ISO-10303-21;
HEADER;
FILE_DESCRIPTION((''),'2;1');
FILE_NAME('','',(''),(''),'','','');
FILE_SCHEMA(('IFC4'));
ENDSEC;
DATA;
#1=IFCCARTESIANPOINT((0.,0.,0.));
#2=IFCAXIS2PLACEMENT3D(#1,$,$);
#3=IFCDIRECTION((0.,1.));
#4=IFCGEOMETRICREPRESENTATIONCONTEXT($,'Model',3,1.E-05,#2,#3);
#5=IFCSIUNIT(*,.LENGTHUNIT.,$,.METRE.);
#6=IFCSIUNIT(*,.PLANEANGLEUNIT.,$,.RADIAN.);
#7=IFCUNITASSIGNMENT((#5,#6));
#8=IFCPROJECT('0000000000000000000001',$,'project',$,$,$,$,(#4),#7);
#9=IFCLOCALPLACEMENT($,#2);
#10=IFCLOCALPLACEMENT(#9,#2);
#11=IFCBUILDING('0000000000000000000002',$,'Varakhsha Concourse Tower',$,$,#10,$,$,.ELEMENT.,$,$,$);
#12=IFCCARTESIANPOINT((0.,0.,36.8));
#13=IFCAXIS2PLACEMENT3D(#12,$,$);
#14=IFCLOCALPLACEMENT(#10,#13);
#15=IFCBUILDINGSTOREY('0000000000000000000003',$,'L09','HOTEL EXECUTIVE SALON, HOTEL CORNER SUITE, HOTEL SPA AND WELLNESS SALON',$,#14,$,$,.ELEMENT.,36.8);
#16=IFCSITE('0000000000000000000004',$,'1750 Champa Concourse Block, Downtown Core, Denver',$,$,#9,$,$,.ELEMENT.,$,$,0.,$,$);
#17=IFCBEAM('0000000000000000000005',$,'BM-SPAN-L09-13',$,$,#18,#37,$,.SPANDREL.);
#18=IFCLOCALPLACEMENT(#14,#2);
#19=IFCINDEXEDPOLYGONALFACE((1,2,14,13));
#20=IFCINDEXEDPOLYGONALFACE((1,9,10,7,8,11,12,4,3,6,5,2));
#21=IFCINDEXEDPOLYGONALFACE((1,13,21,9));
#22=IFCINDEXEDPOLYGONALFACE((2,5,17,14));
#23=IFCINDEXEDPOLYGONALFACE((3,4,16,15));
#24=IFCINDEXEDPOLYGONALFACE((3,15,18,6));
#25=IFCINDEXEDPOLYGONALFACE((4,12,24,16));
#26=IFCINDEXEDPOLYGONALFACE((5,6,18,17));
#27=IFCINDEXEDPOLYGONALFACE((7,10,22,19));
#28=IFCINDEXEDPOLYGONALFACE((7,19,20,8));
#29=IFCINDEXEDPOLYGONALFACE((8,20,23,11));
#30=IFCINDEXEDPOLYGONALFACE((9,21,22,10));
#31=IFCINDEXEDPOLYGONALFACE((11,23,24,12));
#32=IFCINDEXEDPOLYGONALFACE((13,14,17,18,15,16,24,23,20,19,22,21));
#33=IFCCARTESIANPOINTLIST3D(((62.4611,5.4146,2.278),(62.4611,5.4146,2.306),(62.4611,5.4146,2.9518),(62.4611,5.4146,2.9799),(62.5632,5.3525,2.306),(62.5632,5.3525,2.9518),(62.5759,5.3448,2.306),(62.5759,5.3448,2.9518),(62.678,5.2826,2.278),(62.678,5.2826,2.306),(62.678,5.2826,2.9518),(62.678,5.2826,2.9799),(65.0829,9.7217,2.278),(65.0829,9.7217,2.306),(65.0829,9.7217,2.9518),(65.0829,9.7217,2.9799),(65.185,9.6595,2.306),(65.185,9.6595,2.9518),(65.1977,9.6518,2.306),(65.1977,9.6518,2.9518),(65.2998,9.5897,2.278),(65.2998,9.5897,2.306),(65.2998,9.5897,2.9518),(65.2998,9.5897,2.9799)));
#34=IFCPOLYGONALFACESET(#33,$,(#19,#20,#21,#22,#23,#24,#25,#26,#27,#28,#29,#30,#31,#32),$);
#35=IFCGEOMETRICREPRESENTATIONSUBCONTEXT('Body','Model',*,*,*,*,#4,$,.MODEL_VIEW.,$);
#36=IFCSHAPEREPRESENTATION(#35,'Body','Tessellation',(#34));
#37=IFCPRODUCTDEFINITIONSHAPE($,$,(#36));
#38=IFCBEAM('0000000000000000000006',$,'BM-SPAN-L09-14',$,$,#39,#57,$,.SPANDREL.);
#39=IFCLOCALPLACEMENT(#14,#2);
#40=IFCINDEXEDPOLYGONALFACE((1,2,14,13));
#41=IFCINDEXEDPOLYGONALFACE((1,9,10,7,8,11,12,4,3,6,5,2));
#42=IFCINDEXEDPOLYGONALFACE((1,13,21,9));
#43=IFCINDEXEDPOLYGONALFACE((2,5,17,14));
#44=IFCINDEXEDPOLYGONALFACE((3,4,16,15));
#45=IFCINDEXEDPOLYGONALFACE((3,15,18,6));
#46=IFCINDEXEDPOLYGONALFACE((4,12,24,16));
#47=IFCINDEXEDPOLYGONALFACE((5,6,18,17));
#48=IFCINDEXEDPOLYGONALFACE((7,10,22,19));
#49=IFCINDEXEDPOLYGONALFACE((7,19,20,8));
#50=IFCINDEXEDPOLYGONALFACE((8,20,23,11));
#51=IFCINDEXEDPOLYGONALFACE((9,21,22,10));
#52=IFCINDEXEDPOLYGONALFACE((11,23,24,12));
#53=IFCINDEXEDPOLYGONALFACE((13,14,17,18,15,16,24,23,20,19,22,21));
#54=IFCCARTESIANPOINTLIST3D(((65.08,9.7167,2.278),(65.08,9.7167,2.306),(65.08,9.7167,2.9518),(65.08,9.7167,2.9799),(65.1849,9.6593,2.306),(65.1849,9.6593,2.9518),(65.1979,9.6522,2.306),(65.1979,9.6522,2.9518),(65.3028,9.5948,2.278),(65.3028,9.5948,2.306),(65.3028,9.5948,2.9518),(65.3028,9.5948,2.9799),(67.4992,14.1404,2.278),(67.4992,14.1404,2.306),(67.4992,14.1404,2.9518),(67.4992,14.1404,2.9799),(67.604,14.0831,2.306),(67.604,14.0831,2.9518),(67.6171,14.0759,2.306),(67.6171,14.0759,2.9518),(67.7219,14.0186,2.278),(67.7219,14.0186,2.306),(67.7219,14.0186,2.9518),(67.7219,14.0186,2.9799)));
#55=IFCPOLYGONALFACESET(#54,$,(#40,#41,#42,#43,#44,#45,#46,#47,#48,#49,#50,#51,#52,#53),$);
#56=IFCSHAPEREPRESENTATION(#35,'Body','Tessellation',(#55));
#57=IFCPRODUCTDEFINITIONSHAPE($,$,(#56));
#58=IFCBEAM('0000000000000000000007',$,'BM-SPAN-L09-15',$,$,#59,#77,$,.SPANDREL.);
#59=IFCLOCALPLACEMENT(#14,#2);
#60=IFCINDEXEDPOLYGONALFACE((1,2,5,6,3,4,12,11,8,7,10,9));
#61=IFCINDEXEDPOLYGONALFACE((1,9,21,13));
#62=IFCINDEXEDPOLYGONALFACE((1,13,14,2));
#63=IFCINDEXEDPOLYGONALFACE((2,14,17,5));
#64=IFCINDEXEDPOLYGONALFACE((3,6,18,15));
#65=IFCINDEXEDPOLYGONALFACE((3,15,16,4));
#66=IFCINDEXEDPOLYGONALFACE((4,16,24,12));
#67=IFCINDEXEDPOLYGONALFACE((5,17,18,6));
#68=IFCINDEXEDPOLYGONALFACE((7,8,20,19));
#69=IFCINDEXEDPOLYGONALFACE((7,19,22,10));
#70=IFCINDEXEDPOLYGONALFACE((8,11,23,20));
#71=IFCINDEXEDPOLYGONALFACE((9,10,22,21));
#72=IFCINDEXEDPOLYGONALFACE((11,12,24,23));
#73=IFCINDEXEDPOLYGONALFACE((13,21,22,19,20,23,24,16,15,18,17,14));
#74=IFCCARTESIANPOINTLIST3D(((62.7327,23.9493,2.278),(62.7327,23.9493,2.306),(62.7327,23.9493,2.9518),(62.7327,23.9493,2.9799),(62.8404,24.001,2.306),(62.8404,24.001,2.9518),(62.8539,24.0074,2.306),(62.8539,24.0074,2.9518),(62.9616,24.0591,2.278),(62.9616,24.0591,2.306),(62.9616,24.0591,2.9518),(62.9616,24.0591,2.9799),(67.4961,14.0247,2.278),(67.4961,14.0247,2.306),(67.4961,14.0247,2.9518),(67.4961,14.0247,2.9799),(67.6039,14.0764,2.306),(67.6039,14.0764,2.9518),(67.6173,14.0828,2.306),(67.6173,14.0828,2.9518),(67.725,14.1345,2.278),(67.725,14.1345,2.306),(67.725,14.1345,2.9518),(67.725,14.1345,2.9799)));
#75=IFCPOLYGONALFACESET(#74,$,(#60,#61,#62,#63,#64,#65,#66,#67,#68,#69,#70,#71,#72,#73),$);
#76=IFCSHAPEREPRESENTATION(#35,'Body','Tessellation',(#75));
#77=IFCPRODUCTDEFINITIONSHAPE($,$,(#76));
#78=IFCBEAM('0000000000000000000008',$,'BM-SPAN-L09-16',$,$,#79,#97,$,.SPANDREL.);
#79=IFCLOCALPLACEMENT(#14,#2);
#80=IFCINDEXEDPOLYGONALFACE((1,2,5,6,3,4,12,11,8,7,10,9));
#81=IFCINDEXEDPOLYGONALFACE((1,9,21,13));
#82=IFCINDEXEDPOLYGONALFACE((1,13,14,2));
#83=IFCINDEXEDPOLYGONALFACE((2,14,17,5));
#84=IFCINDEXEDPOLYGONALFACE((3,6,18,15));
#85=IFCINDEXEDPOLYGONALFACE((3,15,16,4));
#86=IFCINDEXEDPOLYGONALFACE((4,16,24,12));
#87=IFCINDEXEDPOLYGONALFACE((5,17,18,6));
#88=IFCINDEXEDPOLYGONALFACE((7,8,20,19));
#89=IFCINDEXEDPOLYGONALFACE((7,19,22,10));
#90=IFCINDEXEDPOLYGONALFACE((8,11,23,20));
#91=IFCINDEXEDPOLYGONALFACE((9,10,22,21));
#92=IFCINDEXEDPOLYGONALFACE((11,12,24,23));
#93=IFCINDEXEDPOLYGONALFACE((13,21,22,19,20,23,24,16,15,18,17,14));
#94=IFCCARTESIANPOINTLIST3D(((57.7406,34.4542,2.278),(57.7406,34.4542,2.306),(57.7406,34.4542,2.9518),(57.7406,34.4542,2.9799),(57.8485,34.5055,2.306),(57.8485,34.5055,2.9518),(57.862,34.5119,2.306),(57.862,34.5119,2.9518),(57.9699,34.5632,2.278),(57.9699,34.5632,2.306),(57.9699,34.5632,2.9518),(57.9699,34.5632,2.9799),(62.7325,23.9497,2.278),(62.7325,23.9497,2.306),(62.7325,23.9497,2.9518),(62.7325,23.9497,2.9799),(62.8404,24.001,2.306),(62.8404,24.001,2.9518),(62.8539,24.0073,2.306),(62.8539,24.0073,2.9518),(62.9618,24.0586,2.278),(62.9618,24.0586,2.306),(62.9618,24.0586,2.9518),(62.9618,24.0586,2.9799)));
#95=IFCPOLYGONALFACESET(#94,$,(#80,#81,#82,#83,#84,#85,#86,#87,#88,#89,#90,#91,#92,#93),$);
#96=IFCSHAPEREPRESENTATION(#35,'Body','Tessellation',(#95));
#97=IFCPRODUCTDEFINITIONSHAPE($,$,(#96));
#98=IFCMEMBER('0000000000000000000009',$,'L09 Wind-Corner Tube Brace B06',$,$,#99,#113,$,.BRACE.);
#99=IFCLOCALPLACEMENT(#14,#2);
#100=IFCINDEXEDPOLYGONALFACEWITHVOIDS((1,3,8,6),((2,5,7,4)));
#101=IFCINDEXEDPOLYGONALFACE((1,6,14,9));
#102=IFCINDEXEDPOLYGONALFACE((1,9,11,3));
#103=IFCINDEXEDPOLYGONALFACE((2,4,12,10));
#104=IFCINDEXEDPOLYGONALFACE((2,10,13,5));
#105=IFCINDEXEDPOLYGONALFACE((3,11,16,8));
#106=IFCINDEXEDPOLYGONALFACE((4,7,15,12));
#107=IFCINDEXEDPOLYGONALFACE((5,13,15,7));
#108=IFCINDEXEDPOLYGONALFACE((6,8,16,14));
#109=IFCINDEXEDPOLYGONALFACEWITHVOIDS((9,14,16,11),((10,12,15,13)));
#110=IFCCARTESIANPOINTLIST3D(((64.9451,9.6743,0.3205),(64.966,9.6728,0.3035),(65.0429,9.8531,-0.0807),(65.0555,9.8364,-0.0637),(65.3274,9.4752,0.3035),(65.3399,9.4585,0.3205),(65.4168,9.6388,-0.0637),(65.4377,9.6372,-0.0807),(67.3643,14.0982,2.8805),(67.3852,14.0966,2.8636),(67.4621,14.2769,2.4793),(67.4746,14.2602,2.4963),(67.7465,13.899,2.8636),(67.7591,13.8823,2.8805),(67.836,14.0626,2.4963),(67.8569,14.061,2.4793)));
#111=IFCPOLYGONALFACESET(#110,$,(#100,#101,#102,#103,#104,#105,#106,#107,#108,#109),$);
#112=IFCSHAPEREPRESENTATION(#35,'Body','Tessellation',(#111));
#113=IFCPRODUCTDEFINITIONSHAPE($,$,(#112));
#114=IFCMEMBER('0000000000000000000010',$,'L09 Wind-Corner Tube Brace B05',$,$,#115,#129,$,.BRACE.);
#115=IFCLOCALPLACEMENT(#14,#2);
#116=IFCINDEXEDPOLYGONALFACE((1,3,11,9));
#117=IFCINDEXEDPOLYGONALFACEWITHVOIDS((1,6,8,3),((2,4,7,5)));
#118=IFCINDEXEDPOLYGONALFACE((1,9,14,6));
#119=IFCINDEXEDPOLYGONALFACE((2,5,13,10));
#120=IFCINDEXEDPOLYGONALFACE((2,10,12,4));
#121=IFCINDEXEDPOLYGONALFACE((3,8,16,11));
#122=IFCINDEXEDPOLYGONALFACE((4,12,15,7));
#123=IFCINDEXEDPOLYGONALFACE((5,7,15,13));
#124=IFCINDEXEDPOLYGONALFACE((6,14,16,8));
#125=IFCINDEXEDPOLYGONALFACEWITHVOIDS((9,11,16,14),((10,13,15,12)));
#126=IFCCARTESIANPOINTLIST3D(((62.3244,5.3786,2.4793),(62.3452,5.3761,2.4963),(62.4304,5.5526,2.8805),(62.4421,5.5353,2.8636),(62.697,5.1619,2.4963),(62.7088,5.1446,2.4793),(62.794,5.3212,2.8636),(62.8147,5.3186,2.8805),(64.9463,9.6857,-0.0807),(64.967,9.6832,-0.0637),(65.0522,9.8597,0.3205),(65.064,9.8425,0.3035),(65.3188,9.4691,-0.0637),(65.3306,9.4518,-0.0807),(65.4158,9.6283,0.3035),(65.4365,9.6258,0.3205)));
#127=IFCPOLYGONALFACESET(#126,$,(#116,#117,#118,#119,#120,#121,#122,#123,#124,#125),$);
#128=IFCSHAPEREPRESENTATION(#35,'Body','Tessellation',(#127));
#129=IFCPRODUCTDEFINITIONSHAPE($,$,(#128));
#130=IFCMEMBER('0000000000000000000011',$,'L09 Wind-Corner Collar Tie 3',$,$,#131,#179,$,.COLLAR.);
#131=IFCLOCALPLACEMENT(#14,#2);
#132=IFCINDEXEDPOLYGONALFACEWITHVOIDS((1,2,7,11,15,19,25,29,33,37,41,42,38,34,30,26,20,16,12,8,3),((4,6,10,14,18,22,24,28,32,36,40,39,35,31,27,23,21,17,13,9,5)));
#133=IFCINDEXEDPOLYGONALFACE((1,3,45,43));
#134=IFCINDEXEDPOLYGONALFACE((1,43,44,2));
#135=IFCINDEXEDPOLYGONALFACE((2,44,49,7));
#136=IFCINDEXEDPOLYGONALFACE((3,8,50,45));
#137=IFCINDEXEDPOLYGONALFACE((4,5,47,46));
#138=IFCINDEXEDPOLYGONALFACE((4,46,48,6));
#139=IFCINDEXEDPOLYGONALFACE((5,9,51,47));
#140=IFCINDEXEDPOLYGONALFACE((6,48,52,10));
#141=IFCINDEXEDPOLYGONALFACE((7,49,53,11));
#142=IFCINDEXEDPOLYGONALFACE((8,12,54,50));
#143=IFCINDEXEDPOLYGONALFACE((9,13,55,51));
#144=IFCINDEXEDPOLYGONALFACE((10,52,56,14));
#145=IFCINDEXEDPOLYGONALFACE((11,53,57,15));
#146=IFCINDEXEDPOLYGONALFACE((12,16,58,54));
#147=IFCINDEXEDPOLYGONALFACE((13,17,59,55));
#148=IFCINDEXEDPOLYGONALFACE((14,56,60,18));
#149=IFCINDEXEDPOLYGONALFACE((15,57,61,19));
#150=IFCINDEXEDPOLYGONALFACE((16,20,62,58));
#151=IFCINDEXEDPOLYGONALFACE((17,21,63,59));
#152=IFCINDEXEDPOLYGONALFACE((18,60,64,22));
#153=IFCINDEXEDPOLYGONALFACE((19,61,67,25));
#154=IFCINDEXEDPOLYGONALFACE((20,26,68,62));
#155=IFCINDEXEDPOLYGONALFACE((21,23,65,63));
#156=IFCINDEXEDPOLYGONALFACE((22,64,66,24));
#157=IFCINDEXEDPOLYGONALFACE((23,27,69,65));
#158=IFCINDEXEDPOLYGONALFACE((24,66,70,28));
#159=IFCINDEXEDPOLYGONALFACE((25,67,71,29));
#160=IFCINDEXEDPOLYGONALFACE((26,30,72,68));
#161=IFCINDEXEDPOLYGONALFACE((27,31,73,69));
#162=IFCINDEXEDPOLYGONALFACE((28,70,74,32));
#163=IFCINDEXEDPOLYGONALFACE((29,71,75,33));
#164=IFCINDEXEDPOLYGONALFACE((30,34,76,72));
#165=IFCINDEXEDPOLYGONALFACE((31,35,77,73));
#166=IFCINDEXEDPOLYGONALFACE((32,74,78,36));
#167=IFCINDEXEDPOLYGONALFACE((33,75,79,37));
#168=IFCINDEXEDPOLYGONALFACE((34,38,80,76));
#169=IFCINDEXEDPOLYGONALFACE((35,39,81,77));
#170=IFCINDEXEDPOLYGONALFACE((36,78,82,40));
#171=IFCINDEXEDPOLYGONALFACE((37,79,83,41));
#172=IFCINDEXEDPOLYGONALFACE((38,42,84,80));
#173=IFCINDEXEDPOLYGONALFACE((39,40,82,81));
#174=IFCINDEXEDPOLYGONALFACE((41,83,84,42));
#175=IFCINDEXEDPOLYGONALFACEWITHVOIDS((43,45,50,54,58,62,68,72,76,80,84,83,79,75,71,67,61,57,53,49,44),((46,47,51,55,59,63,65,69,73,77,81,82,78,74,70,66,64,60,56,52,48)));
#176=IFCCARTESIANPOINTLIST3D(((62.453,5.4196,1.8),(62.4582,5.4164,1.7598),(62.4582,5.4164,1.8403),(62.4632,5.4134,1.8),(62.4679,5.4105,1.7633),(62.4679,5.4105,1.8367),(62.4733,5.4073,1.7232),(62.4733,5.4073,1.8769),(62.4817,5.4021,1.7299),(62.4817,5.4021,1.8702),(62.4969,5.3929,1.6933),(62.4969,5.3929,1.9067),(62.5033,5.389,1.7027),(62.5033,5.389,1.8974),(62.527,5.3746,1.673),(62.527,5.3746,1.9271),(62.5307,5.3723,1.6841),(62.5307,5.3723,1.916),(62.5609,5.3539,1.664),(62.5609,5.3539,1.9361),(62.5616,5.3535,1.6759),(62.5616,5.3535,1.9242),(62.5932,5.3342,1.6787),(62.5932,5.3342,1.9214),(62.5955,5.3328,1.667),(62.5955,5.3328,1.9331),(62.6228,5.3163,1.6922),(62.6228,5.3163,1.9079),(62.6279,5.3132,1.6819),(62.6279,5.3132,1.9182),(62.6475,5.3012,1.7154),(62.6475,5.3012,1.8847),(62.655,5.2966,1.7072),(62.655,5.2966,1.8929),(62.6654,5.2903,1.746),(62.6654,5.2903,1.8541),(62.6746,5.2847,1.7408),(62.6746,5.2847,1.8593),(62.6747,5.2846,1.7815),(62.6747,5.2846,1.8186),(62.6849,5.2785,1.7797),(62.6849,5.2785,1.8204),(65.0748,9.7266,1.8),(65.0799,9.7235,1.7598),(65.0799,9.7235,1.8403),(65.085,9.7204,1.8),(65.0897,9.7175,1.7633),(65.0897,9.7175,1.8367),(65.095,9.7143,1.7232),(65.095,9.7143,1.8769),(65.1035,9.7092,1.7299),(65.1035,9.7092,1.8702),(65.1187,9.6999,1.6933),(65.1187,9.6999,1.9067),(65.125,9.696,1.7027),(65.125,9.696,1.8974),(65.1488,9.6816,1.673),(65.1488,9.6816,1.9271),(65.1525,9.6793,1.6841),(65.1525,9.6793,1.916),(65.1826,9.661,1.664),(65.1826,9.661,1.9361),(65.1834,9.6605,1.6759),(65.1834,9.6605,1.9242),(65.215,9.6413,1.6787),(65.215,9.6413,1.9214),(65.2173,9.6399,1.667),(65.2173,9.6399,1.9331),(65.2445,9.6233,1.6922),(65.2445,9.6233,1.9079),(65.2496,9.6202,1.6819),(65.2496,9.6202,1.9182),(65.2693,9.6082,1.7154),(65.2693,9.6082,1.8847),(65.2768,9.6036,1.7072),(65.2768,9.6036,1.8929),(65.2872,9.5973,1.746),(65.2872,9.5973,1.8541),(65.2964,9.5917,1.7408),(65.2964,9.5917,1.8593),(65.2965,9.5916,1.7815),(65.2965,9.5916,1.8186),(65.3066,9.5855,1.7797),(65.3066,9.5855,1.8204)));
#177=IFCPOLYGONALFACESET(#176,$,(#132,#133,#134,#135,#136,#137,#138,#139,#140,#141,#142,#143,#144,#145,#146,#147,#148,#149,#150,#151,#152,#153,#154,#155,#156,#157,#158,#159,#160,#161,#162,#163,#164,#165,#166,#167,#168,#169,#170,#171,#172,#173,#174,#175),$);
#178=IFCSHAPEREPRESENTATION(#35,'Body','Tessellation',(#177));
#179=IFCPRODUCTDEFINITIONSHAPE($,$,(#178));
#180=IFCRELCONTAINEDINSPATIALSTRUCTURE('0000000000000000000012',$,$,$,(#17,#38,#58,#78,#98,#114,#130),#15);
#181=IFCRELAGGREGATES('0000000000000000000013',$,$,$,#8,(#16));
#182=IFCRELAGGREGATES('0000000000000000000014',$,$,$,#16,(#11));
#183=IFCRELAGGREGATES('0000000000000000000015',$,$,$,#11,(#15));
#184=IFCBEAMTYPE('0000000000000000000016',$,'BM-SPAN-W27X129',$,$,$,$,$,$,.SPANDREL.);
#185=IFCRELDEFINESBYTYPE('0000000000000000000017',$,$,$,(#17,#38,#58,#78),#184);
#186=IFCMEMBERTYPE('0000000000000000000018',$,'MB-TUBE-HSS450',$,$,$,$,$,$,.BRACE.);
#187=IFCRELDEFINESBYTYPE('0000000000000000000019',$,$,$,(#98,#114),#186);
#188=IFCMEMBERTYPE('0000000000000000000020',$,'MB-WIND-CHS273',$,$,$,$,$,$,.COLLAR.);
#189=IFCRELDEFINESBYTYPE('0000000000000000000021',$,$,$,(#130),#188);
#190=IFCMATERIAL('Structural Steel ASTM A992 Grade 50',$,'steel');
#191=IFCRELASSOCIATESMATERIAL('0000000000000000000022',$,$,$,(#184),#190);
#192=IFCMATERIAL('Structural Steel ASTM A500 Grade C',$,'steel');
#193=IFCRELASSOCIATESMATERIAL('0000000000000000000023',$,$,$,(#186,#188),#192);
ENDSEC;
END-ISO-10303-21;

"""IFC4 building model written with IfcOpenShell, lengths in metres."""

from ifc_helpers import new_model, si_unit, direction, frame, origin, origin_2d, place, context, subcontext, project, spatial, hollow_rectangle, hollow_circle, i_section, extrude, source, transform, mapped, material, material_profile, profile_set, type_object, type_shapes, element, save


model = new_model("IFC4")

# Units and contexts
model_context = context("Model", 3, precision=1e-05, world=origin(), true_north=direction((0.0, 1.0)))
body_context = subcontext(model_context, "Body", "Model", "MODEL_VIEW")
ifc_project = project(units=[si_unit("LENGTHUNIT", "METRE"), si_unit("PLANEANGLEUNIT", "RADIAN")], contexts=[model_context])

# Site, building, storey
site_placement = place(None, origin())
site = spatial("IfcSite", under=ifc_project, at=site_placement, Name="1750 Champa Concourse Block, Downtown Core, Denver", CompositionType="ELEMENT", RefElevation=0.0)
building_placement = place(site_placement, origin())
building = spatial("IfcBuilding", under=site, at=building_placement, Name="Varakhsha Concourse Tower", CompositionType="ELEMENT")
storey_placement = place(building_placement, frame((0.0, 0.0, 36.8)))
storey = spatial("IfcBuildingStorey", under=building, at=storey_placement, Name="L09", Description="HOTEL EXECUTIVE SALON, HOTEL CORNER SUITE, HOTEL SPA AND WELLNESS SALON", CompositionType="ELEMENT", Elevation=36.8)

# Beams
ifc_material_1 = material(Name="Structural Steel ASTM A992 Grade 50", Category="steel")
ifc_material_profile_1 = material_profile(ifc_material_1, i_section(OverallWidth=0.2539, OverallDepth=0.7019, WebThickness=0.0149, FlangeThickness=0.0281, at=origin_2d()), Name="W27X129")
ifc_profile_set_1 = profile_set([ifc_material_profile_1], Name="Structural Steel ASTM A992 Grade 50")
beam_type_1 = type_object("IfcBeamType", Name="BM-SPAN-W27X129", PredefinedType="SPANDREL", material=ifc_profile_set_1)
beam_1_placement = place(storey_placement, frame((62.5696, 5.3486, 2.6289), z_axis=(0.519961, 0.85419, 0.0), x_axis=(-0.85419, 0.519961, 0.0)))
element("IfcBeam", 1, at=beam_1_placement, inside=storey, type_object=beam_type_1, Name="BM-SPAN-L09-13", PredefinedType="SPANDREL", context=body_context, shape_type="SweptSolid", body=[
    extrude(i_section(OverallWidth=0.2539, OverallDepth=0.7019, WebThickness=0.0149, FlangeThickness=0.0281, at=origin_2d()), origin(), (0.0, 0.0, 1.0), 5.0422),
])
beam_2_placement = place(storey_placement, frame((65.1914, 9.6558, 2.6289), z_axis=(0.479798, 0.877379, 0.0), x_axis=(-0.877379, 0.479798, 0.0)))
element("IfcBeam", 2, at=beam_2_placement, inside=storey, type_object=beam_type_1, Name="BM-SPAN-L09-14", PredefinedType="SPANDREL", context=body_context, shape_type="SweptSolid", body=[
    extrude(i_section(OverallWidth=0.2539, OverallDepth=0.7019, WebThickness=0.0149, FlangeThickness=0.0281, at=origin_2d()), origin(), (0.0, 0.0, 1.0), 5.042),
])
beam_3_placement = place(storey_placement, frame((67.6106, 14.0796, 2.6289), z_axis=(-0.432704, 0.901536, 0.0), x_axis=(-0.901536, -0.432704, 0.0)))
element("IfcBeam", 3, at=beam_3_placement, inside=storey, type_object=beam_type_1, Name="BM-SPAN-L09-15", PredefinedType="SPANDREL", context=body_context, shape_type="SweptSolid", body=[
    extrude(i_section(OverallWidth=0.2539, OverallDepth=0.7019, WebThickness=0.0149, FlangeThickness=0.0281, at=origin_2d()), origin(), (0.0, 0.0, 1.0), 11.0085),
])
beam_4_placement = place(storey_placement, frame((62.8472, 24.0042, 2.6289), z_axis=(-0.429214, 0.903203, 0.0), x_axis=(-0.903203, -0.429214, 0.0)))
element("IfcBeam", 4, at=beam_4_placement, inside=storey, type_object=beam_type_1, Name="BM-SPAN-L09-16", PredefinedType="SPANDREL", context=body_context, shape_type="SweptSolid", body=[
    extrude(i_section(OverallWidth=0.2539, OverallDepth=0.7019, WebThickness=0.0149, FlangeThickness=0.0281, at=origin_2d()), origin(), (0.0, 0.0, 1.0), 11.6304),
])

# Members
ifc_material_2 = material(Name="Structural Steel ASTM A500 Grade C", Category="steel")
ifc_material_profile_2 = material_profile(ifc_material_2, hollow_rectangle(XDim=0.45, YDim=0.45, WallThickness=0.019, at=origin_2d()), Name="HSS 450x450x19")
ifc_profile_set_2 = profile_set([ifc_material_profile_2], Name="Structural Steel ASTM A500 Grade C")
member_type_1 = type_object("IfcMemberType", Name="MB-TUBE-HSS450", PredefinedType="BRACE", material=ifc_profile_set_2)
shared_shape_1 = source(origin(), body_context, "Body", "SweptSolid", [
    extrude(hollow_rectangle(XDim=0.45, YDim=0.45, WallThickness=0.019, at=origin_2d()), origin(), (0.0, 0.0, 1.0), 5.6548),
])
member_1_placement = place(storey_placement, frame((65.1914, 9.6558, 0.1199), z_axis=(0.427813, 0.782315, 0.452724), x_axis=(-0.877379, 0.479798, 0.0)))
element("IfcMember", 5, at=member_1_placement, inside=storey, type_object=member_type_1, Name="L09 Wind-Corner Tube Brace B06", PredefinedType="BRACE", context=body_context, shape_type="MappedRepresentation", body=[
    mapped(shared_shape_1, transform((0.0, 0.0, 0.0), scale=1.0)),
])
shared_shape_2 = source(origin(), body_context, "Body", "SweptSolid", [
    extrude(hollow_rectangle(XDim=0.45, YDim=0.45, WallThickness=0.019, at=origin_2d()), origin(), (0.0, 0.0, 1.0), 5.655),
])
type_shapes(member_type_1, [shared_shape_1, shared_shape_2])
member_2_placement = place(storey_placement, frame((65.1914, 9.6558, 0.1199), z_axis=(-0.463628, -0.761647, 0.452706), x_axis=(0.85419, -0.519961, 0.0)))
element("IfcMember", 6, at=member_2_placement, inside=storey, type_object=member_type_1, Name="L09 Wind-Corner Tube Brace B05", PredefinedType="BRACE", context=body_context, shape_type="MappedRepresentation", body=[
    mapped(shared_shape_2, transform((0.0, 0.0, 0.0), scale=1.0)),
])
ifc_material_profile_3 = material_profile(ifc_material_2, hollow_circle(Radius=0.1365, WallThickness=0.012, at=origin_2d()), Name="CHS 273x12")
ifc_profile_set_3 = profile_set([ifc_material_profile_3], Name="Structural Steel ASTM A500 Grade C")
member_type_2 = type_object("IfcMemberType", Name="MB-WIND-CHS273", PredefinedType="COLLAR", material=ifc_profile_set_3)
shared_shape_3 = source(origin(), body_context, "Body", "SweptSolid", [
    extrude(hollow_circle(Radius=0.1365, WallThickness=0.012, at=origin_2d()), origin(), (0.0, 0.0, 1.0), 5.0422),
])
type_shapes(member_type_2, [shared_shape_3])
member_3_placement = place(storey_placement, frame((62.5696, 5.3486, 1.8), z_axis=(0.519961, 0.85419, 0.0), x_axis=(-0.85419, 0.519961, 0.0)))
element("IfcMember", 7, at=member_3_placement, inside=storey, type_object=member_type_2, Name="L09 Wind-Corner Collar Tie 3", PredefinedType="COLLAR", context=body_context, shape_type="MappedRepresentation", body=[
    mapped(shared_shape_3, transform((0.0, 0.0, 0.0), scale=1.0)),
])

save(model, "model.ifc")
